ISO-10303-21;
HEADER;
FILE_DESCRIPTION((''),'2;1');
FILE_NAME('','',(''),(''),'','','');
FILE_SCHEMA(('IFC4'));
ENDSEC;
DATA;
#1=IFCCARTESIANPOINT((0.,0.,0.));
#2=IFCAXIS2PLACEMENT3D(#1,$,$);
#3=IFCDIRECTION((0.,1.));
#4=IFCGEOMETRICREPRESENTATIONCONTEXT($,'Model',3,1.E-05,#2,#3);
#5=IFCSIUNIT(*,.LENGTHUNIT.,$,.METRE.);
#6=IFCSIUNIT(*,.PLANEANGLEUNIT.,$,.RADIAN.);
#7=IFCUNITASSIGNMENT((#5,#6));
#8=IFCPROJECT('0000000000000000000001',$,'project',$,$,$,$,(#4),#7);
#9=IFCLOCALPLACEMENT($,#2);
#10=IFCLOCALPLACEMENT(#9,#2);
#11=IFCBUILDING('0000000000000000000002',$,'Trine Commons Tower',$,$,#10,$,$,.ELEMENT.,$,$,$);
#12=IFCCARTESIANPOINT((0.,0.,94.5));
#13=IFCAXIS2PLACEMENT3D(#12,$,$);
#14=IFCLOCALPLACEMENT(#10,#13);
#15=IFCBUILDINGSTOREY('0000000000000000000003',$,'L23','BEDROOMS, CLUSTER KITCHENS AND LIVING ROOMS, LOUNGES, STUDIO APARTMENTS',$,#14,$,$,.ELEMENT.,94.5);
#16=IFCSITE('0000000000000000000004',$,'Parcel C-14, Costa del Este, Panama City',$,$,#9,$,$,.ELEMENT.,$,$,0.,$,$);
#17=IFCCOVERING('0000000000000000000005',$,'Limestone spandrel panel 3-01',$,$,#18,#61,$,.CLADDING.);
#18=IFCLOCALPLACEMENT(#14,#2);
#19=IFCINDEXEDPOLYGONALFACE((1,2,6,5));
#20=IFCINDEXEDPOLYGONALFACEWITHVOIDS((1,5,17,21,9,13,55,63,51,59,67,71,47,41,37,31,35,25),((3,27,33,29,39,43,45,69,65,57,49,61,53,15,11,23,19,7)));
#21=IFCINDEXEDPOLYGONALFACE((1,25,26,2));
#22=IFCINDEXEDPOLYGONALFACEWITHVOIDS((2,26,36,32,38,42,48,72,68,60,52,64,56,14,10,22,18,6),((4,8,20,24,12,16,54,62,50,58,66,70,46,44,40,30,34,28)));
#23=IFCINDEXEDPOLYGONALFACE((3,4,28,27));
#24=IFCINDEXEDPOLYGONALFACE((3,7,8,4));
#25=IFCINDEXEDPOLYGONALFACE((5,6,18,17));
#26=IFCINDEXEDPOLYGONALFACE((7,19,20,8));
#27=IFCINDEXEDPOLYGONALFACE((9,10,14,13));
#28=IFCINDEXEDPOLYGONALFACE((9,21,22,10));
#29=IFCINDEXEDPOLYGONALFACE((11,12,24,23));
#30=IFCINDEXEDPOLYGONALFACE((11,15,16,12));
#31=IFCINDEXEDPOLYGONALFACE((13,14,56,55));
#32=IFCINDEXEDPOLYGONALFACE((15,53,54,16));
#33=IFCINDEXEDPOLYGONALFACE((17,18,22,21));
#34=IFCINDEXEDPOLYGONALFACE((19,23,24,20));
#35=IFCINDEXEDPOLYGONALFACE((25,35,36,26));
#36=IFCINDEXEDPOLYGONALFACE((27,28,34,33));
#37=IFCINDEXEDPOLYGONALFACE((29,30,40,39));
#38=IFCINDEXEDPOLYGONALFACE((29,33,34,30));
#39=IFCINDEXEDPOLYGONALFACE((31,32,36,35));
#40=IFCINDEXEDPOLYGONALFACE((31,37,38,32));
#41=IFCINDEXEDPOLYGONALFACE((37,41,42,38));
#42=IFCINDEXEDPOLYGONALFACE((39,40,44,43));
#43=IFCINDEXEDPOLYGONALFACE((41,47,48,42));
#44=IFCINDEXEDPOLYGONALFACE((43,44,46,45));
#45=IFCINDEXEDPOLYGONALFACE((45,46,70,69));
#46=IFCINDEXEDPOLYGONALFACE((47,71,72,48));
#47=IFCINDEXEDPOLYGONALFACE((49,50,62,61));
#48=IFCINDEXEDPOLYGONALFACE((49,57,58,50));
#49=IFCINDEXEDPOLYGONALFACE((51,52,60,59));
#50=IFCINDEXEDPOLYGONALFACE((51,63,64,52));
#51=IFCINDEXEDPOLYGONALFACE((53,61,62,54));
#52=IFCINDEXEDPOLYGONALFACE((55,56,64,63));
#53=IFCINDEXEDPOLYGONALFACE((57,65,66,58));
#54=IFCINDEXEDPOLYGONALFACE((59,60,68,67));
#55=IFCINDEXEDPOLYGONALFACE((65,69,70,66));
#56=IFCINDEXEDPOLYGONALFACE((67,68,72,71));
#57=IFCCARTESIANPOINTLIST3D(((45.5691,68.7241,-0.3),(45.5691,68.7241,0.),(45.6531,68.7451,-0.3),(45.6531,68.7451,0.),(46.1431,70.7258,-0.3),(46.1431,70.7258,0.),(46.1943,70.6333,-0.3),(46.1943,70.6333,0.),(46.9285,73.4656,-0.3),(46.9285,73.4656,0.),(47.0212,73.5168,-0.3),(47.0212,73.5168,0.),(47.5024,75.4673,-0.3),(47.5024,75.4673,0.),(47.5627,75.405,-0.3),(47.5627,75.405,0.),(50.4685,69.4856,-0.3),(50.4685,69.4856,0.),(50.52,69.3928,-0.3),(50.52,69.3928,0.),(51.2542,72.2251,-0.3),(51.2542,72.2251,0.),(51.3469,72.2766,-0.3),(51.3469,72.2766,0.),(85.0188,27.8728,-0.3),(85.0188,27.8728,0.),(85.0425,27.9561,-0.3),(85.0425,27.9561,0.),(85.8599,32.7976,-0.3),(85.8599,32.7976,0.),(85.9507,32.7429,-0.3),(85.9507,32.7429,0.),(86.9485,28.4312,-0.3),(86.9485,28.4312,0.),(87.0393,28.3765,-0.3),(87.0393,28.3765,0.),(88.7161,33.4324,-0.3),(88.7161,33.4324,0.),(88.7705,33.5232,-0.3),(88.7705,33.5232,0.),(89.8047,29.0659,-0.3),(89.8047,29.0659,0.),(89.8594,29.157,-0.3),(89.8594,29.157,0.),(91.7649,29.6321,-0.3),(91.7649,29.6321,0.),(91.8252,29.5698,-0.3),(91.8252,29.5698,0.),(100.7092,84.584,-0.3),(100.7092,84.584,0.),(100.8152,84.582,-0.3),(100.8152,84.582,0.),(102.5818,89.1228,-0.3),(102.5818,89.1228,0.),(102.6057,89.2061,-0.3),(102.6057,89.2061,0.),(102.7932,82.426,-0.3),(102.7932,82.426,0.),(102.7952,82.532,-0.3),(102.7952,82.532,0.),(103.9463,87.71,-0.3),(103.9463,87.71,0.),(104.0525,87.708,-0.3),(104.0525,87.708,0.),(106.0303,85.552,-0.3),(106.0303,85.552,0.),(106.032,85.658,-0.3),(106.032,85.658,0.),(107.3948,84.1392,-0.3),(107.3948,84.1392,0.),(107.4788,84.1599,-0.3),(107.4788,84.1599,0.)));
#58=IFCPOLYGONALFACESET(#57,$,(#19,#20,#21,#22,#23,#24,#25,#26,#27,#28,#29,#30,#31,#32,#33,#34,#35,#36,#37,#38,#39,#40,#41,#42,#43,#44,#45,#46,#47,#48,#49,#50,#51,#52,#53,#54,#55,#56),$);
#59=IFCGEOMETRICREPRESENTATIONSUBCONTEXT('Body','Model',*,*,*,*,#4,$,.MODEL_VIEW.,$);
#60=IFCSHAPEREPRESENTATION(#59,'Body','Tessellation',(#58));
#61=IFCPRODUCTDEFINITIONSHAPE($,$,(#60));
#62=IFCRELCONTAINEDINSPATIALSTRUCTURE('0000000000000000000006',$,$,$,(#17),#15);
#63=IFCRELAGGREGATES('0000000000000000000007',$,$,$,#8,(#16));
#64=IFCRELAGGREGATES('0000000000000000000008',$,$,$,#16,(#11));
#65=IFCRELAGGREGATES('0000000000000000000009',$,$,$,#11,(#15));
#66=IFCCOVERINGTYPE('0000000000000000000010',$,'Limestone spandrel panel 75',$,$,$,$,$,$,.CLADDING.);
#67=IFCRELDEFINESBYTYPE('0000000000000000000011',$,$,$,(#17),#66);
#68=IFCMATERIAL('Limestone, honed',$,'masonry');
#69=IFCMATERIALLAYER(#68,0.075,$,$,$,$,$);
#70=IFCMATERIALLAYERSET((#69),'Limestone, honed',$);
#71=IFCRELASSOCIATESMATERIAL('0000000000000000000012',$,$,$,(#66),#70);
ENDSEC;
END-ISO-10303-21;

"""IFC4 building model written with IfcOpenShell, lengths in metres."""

from ifc_helpers import new_model, si_unit, direction, frame, origin, place, context, subcontext, project, spatial, polyline, outline, extrude, material, layer, layer_set, type_object, element, save


model = new_model("IFC4")

# Units and contexts
model_context = context("Model", 3, precision=1e-05, world=origin(), true_north=direction((0.0, 1.0)))
body_context = subcontext(model_context, "Body", "Model", "MODEL_VIEW")
ifc_project = project(units=[si_unit("LENGTHUNIT", "METRE"), si_unit("PLANEANGLEUNIT", "RADIAN")], contexts=[model_context])

# Site, building, storey
site_placement = place(None, origin())
site = spatial("IfcSite", under=ifc_project, at=site_placement, Name="Parcel C-14, Costa del Este, Panama City", CompositionType="ELEMENT", RefElevation=0.0)
building_placement = place(site_placement, origin())
building = spatial("IfcBuilding", under=site, at=building_placement, Name="Trine Commons Tower", CompositionType="ELEMENT")
storey_placement = place(building_placement, frame((0.0, 0.0, 94.5)))
storey = spatial("IfcBuildingStorey", under=building, at=storey_placement, Name="L23", Description="BEDROOMS, CLUSTER KITCHENS AND LIVING ROOMS, LOUNGES, STUDIO APARTMENTS", CompositionType="ELEMENT", Elevation=94.5)

# Covering
ifc_material_1 = material(Name="Limestone, honed", Category="masonry")
ifc_layer_1 = layer(ifc_material_1, 0.075)
ifc_layer_set_1 = layer_set([ifc_layer_1], Name="Limestone, honed")
covering_type_1 = type_object("IfcCoveringType", Name="Limestone spandrel panel 75", PredefinedType="CLADDING", material=ifc_layer_set_1)
covering_1_placement = place(storey_placement, frame((0.0, 0.0, -0.3)))
element("IfcCovering", 1, at=covering_1_placement, inside=storey, type_object=covering_type_1, Name="Limestone spandrel panel 3-01", PredefinedType="CLADDING", context=body_context, shape_type="SweptSolid", body=[
    extrude(outline(polyline([(88.7161, 33.4324), (89.8047, 29.0659), (91.8252, 29.5698), (107.4788, 84.1599), (106.032, 85.658), (102.7952, 82.532), (100.8152, 84.582), (104.0525, 87.708), (102.6057, 89.2061), (47.5024, 75.4673), (46.9285, 73.4656), (51.2542, 72.2251), (50.4685, 69.4856), (46.1431, 70.7258), (45.5691, 68.7241), (85.0188, 27.8728), (87.0393, 28.3765), (85.9507, 32.7429), (88.7161, 33.4324)]), holes=[polyline([(106.0303, 85.552), (107.3948, 84.1392), (91.7649, 29.6321), (89.8594, 29.157), (88.7705, 33.5232), (85.8599, 32.7976), (86.9485, 28.4312), (85.0425, 27.9561), (45.6531, 68.7451), (46.1943, 70.6333), (50.52, 69.3928), (51.3469, 72.2766), (47.0212, 73.5168), (47.5627, 75.405), (102.5818, 89.1228), (103.9463, 87.71), (100.7092, 84.584), (102.7932, 82.426), (106.0303, 85.552)])]), origin(), (0.0, 0.0, 1.0), 0.3),
])

save(model, "model.ifc")
